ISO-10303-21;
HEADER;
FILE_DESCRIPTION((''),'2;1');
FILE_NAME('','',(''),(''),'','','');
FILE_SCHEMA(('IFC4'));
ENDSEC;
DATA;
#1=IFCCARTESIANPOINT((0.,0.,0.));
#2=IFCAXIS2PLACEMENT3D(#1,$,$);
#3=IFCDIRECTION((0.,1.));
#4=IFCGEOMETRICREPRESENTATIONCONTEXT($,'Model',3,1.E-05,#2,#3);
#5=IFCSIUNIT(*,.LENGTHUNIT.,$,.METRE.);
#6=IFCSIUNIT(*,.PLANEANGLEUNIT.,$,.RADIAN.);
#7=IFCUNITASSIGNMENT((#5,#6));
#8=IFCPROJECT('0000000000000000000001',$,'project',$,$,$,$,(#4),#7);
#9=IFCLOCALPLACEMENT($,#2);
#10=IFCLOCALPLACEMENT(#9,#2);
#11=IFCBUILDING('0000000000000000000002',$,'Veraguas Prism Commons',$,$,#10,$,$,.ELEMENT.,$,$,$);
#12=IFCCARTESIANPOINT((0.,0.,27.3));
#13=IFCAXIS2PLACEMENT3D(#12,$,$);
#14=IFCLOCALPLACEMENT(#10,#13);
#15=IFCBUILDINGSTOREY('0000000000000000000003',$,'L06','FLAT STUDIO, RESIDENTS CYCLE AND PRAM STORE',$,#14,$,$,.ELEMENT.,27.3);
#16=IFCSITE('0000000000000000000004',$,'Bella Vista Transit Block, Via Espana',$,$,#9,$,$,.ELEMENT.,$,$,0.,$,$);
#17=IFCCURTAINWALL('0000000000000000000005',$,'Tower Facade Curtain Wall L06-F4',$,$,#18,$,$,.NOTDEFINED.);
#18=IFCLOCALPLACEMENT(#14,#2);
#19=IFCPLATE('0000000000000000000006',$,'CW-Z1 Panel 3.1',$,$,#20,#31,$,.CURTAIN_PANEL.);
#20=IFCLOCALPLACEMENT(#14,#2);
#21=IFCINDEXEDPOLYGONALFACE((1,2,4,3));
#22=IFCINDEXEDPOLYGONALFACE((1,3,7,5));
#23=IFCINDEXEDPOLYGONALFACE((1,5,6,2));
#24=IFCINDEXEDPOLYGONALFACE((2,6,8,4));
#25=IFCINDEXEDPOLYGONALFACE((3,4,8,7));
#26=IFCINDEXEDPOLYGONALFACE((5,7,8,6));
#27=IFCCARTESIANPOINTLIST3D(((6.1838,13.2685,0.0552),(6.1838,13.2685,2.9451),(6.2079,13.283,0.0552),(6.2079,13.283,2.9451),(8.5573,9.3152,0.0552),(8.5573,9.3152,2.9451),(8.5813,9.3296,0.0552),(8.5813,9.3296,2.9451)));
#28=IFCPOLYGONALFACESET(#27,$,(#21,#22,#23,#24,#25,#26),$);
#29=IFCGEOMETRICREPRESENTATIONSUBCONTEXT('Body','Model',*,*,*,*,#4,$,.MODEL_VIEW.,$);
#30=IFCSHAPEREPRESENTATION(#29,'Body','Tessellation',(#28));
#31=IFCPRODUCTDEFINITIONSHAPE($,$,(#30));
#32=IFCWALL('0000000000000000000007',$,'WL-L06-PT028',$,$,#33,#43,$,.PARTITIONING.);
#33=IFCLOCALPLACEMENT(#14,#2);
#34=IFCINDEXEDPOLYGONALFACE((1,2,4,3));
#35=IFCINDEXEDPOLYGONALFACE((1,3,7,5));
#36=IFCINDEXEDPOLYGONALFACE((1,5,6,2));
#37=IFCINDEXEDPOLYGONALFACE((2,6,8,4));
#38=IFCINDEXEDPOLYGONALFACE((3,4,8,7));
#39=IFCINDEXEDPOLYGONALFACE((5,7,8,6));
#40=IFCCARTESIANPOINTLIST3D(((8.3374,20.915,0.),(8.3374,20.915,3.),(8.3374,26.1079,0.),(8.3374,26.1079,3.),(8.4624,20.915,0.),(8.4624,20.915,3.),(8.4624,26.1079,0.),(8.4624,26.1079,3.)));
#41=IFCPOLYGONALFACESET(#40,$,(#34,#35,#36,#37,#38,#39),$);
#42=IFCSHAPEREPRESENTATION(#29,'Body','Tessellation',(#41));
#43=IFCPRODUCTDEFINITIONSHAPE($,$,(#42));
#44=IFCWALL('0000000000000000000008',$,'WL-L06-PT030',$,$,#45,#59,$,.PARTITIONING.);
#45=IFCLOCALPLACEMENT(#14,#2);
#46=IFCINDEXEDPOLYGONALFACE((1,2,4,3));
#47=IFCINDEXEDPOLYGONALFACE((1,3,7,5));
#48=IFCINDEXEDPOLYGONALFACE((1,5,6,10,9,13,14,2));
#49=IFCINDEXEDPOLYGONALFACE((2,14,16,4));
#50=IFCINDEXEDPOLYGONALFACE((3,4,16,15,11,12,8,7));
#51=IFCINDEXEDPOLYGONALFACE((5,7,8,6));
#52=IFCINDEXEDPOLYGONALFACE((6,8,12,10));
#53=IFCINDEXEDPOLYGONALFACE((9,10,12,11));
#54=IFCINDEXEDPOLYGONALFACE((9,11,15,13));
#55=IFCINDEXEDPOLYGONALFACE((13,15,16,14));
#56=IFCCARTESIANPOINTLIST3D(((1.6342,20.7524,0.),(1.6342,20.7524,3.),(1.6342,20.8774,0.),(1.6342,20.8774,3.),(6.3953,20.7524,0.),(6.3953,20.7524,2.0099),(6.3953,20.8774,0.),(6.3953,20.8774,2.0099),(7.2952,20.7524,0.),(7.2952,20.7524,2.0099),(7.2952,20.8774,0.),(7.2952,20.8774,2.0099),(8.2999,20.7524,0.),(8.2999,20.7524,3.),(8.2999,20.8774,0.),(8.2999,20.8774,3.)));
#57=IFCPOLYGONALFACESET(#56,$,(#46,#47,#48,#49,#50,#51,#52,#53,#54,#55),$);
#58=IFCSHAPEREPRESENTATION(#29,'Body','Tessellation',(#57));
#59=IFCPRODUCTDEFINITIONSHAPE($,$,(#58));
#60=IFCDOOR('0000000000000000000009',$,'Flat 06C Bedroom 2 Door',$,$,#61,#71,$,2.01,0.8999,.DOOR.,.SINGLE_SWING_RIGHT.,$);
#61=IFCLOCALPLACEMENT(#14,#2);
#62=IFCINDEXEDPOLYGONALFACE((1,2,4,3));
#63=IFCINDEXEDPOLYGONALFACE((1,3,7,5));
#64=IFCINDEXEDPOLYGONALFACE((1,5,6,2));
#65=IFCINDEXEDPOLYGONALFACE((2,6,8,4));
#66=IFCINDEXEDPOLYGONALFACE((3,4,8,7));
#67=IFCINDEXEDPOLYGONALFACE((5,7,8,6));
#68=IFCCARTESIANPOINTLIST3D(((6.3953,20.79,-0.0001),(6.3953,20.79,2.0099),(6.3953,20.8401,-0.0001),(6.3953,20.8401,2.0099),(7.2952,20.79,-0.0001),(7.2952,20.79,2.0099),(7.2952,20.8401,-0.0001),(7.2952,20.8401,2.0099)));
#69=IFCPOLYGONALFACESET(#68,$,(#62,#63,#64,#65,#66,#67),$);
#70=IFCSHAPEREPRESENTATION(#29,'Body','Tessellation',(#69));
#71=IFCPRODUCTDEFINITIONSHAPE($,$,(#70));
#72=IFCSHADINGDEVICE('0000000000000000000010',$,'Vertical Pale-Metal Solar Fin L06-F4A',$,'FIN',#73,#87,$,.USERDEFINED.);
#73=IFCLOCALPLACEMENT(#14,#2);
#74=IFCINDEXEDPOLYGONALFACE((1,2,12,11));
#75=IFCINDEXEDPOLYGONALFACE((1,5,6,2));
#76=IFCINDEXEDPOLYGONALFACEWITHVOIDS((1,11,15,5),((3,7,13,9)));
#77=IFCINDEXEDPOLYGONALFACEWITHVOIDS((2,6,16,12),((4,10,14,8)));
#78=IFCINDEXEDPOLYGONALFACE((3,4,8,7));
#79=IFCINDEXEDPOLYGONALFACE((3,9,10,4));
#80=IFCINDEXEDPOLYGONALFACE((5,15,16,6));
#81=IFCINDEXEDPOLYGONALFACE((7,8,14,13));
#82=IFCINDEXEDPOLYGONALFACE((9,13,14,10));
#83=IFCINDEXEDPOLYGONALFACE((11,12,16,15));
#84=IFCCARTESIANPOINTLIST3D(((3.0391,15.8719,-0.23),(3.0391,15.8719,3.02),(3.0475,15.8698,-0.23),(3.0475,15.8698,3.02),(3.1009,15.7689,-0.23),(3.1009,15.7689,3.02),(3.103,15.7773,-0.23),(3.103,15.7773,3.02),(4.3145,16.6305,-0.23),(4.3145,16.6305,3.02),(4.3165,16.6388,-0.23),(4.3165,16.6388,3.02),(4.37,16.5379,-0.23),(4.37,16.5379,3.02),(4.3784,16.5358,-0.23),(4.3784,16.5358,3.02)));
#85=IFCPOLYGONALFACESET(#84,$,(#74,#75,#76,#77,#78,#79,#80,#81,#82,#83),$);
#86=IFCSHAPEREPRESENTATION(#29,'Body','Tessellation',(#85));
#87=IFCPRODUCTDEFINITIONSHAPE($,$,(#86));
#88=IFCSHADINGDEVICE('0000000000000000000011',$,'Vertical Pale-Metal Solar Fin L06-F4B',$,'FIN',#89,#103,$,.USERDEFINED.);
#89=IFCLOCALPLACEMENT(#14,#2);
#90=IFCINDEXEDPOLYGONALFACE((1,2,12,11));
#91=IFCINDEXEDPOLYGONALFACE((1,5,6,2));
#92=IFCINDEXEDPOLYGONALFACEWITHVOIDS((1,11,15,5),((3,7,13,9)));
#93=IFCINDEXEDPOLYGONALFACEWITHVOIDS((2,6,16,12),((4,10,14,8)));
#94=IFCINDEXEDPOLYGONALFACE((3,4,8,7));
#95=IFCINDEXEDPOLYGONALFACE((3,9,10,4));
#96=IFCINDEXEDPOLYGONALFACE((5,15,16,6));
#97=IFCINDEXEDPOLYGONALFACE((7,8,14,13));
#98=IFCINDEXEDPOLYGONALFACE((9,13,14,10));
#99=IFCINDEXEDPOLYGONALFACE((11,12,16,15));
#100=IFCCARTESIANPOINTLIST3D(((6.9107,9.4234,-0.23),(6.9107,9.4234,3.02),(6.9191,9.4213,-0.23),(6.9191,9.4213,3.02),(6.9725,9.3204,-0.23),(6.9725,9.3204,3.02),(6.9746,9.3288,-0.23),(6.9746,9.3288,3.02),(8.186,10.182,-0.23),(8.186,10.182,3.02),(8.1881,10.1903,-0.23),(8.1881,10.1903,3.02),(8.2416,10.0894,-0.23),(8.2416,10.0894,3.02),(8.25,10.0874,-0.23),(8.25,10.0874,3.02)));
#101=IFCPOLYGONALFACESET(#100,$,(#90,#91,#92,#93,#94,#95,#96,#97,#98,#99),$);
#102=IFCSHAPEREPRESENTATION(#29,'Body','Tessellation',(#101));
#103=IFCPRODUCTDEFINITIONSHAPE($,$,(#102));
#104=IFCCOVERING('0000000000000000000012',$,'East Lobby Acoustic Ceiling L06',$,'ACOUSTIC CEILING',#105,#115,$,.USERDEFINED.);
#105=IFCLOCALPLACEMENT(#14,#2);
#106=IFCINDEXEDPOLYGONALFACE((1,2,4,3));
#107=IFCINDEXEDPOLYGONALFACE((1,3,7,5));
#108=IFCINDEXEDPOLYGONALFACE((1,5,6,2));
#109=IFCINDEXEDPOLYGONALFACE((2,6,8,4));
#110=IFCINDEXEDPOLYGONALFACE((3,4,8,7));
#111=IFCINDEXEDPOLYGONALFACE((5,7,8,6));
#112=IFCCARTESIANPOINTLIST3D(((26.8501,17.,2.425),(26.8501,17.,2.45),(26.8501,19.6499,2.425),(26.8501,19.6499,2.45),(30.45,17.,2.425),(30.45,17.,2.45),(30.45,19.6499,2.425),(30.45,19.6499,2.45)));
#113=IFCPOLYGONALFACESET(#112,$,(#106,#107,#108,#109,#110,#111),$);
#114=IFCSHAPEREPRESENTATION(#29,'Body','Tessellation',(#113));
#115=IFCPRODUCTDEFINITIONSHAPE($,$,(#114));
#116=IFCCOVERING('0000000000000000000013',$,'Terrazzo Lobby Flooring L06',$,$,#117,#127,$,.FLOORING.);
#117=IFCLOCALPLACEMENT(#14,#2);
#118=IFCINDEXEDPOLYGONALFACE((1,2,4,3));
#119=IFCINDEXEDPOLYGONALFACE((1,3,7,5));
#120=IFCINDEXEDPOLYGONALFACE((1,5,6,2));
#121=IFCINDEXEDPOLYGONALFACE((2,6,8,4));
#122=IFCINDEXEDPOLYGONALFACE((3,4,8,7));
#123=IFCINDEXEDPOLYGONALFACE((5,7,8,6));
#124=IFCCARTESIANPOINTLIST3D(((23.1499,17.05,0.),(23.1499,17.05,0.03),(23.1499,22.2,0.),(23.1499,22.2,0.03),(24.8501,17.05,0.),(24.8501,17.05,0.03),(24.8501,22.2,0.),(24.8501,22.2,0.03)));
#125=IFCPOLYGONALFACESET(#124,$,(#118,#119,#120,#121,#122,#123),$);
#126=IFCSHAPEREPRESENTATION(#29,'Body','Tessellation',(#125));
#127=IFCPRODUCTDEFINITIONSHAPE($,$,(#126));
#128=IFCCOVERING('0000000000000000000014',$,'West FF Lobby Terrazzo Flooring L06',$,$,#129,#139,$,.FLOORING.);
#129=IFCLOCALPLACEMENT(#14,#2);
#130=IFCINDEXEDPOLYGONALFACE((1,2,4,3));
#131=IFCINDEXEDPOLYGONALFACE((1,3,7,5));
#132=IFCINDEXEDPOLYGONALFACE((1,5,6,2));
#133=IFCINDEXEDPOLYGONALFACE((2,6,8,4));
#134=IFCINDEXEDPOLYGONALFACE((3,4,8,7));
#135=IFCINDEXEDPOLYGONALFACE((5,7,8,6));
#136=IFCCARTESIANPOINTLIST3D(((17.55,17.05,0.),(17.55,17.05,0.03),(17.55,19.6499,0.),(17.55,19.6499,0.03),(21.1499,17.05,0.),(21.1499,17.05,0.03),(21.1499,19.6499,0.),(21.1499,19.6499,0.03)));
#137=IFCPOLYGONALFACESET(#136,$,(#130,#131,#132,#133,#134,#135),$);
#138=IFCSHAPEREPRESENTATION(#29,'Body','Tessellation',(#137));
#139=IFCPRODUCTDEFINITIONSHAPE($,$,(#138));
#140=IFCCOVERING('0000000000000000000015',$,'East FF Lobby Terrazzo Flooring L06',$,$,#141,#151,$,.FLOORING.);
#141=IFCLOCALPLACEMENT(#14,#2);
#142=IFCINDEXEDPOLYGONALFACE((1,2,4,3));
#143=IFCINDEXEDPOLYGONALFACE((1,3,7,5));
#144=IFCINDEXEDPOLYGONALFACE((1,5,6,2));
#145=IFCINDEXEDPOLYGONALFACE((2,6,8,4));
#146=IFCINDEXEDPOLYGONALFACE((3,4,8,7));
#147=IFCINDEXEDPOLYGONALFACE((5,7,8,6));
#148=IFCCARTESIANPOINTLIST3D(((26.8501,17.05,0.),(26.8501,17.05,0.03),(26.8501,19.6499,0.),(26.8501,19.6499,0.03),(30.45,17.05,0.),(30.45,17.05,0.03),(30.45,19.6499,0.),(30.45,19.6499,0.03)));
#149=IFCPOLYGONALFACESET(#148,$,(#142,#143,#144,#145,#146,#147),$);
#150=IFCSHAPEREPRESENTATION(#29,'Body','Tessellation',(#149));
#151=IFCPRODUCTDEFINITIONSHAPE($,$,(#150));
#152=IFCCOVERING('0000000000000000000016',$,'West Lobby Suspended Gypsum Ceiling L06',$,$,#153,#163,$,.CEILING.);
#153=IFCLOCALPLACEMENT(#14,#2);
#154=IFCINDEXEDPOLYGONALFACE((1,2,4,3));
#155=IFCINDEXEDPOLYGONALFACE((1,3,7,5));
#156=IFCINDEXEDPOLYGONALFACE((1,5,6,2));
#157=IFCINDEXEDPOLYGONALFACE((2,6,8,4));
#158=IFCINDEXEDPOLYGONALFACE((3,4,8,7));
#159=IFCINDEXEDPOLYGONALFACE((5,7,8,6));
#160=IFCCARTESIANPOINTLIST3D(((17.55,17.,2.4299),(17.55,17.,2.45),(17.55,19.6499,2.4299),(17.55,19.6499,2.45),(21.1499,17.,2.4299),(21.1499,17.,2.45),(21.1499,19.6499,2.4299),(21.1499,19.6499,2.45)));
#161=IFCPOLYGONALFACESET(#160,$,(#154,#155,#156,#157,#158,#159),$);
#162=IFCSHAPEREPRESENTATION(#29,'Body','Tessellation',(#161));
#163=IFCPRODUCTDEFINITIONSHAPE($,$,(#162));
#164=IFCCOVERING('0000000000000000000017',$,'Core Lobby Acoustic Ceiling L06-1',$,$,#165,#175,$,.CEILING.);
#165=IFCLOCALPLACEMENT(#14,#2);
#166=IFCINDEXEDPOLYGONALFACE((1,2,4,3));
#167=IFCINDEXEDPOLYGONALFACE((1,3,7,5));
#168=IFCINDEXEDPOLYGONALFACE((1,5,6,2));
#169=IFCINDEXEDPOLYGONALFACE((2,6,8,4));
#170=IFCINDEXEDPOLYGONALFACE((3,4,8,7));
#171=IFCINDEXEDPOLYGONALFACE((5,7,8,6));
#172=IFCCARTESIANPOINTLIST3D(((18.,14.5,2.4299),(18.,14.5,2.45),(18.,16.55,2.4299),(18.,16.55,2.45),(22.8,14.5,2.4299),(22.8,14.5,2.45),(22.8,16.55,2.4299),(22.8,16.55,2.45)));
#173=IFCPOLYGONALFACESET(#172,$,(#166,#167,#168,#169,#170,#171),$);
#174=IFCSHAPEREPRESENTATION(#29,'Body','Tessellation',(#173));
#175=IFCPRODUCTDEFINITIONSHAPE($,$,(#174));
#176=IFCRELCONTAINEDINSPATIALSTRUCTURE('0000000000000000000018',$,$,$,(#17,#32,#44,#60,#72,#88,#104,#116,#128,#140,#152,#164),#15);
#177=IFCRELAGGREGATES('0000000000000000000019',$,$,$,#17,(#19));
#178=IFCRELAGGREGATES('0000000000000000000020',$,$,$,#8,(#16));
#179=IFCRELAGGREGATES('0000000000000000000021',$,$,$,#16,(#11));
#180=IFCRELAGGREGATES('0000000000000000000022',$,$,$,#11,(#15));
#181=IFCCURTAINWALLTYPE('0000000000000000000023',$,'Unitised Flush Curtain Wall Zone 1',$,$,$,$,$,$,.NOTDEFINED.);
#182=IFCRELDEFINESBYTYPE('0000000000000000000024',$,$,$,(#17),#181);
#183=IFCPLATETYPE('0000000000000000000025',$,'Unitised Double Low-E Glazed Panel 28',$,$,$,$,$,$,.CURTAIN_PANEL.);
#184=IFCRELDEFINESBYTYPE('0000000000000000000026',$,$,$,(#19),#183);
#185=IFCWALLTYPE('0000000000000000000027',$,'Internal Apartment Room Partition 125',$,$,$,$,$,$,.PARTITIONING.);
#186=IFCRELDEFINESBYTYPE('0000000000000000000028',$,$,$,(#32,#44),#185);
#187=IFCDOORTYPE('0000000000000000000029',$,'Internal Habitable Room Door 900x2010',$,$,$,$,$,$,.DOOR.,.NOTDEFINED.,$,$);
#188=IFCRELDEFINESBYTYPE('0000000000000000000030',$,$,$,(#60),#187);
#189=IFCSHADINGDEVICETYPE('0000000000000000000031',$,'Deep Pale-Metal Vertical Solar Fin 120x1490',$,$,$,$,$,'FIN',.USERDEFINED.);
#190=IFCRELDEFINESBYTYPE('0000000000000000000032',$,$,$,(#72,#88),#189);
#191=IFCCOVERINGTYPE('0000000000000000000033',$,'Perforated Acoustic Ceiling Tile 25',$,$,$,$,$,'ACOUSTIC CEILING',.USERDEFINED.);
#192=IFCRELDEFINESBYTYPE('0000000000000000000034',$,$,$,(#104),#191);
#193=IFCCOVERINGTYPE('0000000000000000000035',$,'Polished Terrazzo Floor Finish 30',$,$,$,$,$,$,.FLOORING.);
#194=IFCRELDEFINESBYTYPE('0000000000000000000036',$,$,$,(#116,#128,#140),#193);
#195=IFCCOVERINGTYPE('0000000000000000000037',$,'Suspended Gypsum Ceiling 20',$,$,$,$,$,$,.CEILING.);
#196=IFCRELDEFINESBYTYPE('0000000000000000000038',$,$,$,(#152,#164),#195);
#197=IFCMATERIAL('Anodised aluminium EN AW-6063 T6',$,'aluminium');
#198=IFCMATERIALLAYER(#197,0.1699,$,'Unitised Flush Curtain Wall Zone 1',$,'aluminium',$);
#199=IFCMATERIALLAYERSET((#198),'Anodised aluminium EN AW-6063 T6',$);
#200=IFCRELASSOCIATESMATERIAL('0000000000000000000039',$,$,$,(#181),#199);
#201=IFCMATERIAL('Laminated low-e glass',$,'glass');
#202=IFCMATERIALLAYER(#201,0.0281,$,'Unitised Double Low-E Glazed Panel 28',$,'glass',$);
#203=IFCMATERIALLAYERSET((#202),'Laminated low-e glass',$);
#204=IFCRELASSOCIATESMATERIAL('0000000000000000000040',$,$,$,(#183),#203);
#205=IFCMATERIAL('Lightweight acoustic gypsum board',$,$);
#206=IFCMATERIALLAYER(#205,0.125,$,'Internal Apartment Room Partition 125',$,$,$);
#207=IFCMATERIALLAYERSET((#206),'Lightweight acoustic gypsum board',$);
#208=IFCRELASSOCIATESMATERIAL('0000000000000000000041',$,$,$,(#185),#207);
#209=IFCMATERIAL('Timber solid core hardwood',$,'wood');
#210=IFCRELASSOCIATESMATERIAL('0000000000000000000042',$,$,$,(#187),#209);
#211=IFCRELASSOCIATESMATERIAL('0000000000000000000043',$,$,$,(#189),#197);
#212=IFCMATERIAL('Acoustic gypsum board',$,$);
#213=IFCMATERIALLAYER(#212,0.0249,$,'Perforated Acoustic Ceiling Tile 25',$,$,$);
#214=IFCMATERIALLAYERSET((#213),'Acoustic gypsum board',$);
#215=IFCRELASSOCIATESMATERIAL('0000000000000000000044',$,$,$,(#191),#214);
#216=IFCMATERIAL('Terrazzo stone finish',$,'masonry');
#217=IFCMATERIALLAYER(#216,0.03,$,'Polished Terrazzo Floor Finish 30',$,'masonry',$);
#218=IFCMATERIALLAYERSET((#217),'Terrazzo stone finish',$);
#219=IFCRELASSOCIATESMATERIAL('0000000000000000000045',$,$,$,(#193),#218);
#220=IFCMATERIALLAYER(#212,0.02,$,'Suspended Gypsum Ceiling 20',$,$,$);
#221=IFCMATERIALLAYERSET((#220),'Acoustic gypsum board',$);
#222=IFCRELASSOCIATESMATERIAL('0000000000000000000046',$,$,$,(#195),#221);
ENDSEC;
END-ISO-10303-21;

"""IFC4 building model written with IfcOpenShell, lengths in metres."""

from ifc_helpers import new_model, si_unit, direction, frame, frame_2d, origin, origin_2d, place, context, subcontext, project, spatial, polyline, rectangle, hollow_rectangle, outline, extrude, source, transform, mapped, material, layer, layer_set, material_profile, profile_set, type_object, element, fill, aggregate, save


model = new_model("IFC4")

# Units and contexts
model_context = context("Model", 3, precision=1e-05, world=origin(), true_north=direction((0.0, 1.0)))
body_context = subcontext(model_context, "Body", "Model", "MODEL_VIEW")
ifc_project = project(units=[si_unit("LENGTHUNIT", "METRE"), si_unit("PLANEANGLEUNIT", "RADIAN")], contexts=[model_context])

# Site, building, storey
site_placement = place(None, origin())
site = spatial("IfcSite", under=ifc_project, at=site_placement, Name="Bella Vista Transit Block, Via Espana", CompositionType="ELEMENT", RefElevation=0.0)
building_placement = place(site_placement, origin())
building = spatial("IfcBuilding", under=site, at=building_placement, Name="Veraguas Prism Commons", CompositionType="ELEMENT")
storey_placement = place(building_placement, frame((0.0, 0.0, 27.3)))
storey = spatial("IfcBuildingStorey", under=building, at=storey_placement, Name="L06", Description="FLAT STUDIO, RESIDENTS CYCLE AND PRAM STORE", CompositionType="ELEMENT", Elevation=27.3)

# Curtain wall
ifc_material_1 = material(Name="Anodised aluminium EN AW-6063 T6", Category="aluminium")
ifc_layer_1 = layer(ifc_material_1, 0.1699, Name="Unitised Flush Curtain Wall Zone 1", Category="aluminium")
ifc_layer_set_1 = layer_set([ifc_layer_1], Name="Anodised aluminium EN AW-6063 T6")
curtain_wall_type = type_object("IfcCurtainWallType", Name="Unitised Flush Curtain Wall Zone 1", PredefinedType="NOTDEFINED", material=ifc_layer_set_1)
curtain_wall_1_placement = place(storey_placement, origin())
curtain_wall_1 = element("IfcCurtainWall", 1, at=curtain_wall_1_placement, inside=storey, type_object=curtain_wall_type, Name="Tower Facade Curtain Wall L06-F4", PredefinedType="NOTDEFINED")

# Plate
ifc_material_2 = material(Name="Laminated low-e glass", Category="glass")
ifc_layer_2 = layer(ifc_material_2, 0.0281, Name="Unitised Double Low-E Glazed Panel 28", Category="glass")
ifc_layer_set_2 = layer_set([ifc_layer_2], Name="Laminated low-e glass")
plate_type = type_object("IfcPlateType", Name="Unitised Double Low-E Glazed Panel 28", PredefinedType="CURTAIN_PANEL", material=ifc_layer_set_2)
shared_shape_1 = source(origin(), body_context, "Body", "SweptSolid", [
    extrude(rectangle(XDim=4.6111, YDim=0.0281, at=origin_2d()), origin(), (0.0, 0.0, 1.0), 2.8899),
])
plate_1_placement = place(storey_placement, frame((7.3826, 11.2991, 0.0552), z_axis=(0.0, 0.0, 1.0), x_axis=(0.514734, -0.85735, 0.0)))
plate_1 = element("IfcPlate", 2, at=plate_1_placement, type_object=plate_type, Name="CW-Z1 Panel 3.1", PredefinedType="CURTAIN_PANEL", context=body_context, shape_type="MappedRepresentation", body=[
    mapped(shared_shape_1, transform((0.0, 0.0, 0.0), scale=1.0)),
])
aggregate(curtain_wall_1, [plate_1])

# Wall
ifc_material_3 = material(Name="Lightweight acoustic gypsum board")
ifc_layer_3 = layer(ifc_material_3, 0.125, Name="Internal Apartment Room Partition 125")
ifc_layer_set_3 = layer_set([ifc_layer_3], Name="Lightweight acoustic gypsum board")
wall_type = type_object("IfcWallType", Name="Internal Apartment Room Partition 125", PredefinedType="PARTITIONING", material=ifc_layer_set_3)
wall_1_placement = place(storey_placement, frame((8.3999, 20.915, 0.0), z_axis=(0.0, 0.0, 1.0), x_axis=(0.0, 1.0, 0.0)))
element("IfcWall", 3, at=wall_1_placement, inside=storey, type_object=wall_type, Name="WL-L06-PT028", PredefinedType="PARTITIONING", context=body_context, shape_type="SweptSolid", body=[
    extrude(rectangle(XDim=5.1929, YDim=0.125, at=frame_2d((2.5964, 0.0))), origin(), (0.0, 0.0, 1.0), 3.0),
])

# Wall, opening, door
wall_2_placement = place(storey_placement, frame((8.3, 20.8149, 0.0), z_axis=(0.0, 0.0, 1.0), x_axis=(-1.0, 0.0, 0.0)))
wall_2 = element("IfcWall", 4, at=wall_2_placement, inside=storey, type_object=wall_type, Name="WL-L06-PT030", PredefinedType="PARTITIONING", context=body_context, shape_type="SweptSolid", body=[
    extrude(rectangle(XDim=6.6658, YDim=0.125, at=frame_2d((3.333, 0.0))), origin(), (0.0, 0.0, 1.0), 3.0),
])
opening_placement = place(wall_2_placement, frame((1.0049, 0.0, 0.0)))
opening = element("IfcOpeningElement", 5, at=opening_placement, cuts=wall_2, PredefinedType="OPENING", context=body_context, shape_type="SweptSolid", body=[
    extrude(rectangle(XDim=0.8999, YDim=2.01, at=frame_2d((0.45, 1.0049))), frame((0.0, 0.0725, 0.0), z_axis=(0.0, -1.0, 0.0), x_axis=(1.0, 0.0, 0.0)), (0.0, 0.0, 1.0), 0.145),
])
ifc_material_4 = material(Name="Timber solid core hardwood", Category="wood")
door_type = type_object("IfcDoorType", Name="Internal Habitable Room Door 900x2010", OperationType="NOTDEFINED", PredefinedType="DOOR", material=ifc_material_4)
shared_shape_2 = source(origin(), body_context, "Body", "SweptSolid", [
    extrude(rectangle(XDim=0.8999, YDim=2.01, at=frame_2d((0.45, 1.0049))), frame((0.0, 0.0249, 0.0), z_axis=(0.0, -1.0, 0.0), x_axis=(1.0, 0.0, 0.0)), (0.0, 0.0, 1.0), 0.05),
])
door_placement = place(opening_placement, origin())
door = element("IfcDoor", 6, at=door_placement, inside=storey, type_object=door_type, Name="Flat 06C Bedroom 2 Door", OperationType="SINGLE_SWING_RIGHT", OverallHeight=2.01, OverallWidth=0.8999, PredefinedType="DOOR", context=body_context, shape_type="MappedRepresentation", body=[
    mapped(shared_shape_2, transform((0.0, 0.0, 0.0), scale=1.0)),
])
fill(opening, door)

# Shading devices
ifc_material_profile_1 = material_profile(ifc_material_1, hollow_rectangle(XDim=0.1201, YDim=1.49, WallThickness=0.0061, at=origin_2d()), Name="FIN120X1490X6")
ifc_profile_set_1 = profile_set([ifc_material_profile_1], Name="Anodised aluminium EN AW-6063 T6")
shading_device_type = type_object("IfcShadingDeviceType", Name="Deep Pale-Metal Vertical Solar Fin 120x1490", ElementType="FIN", PredefinedType="USERDEFINED", material=ifc_profile_set_1)
for number, where, z_axis, x_axis, name in (
    (7, (3.7087, 16.2039, -0.23), (0.0, 0.0, 1.0), (0.514739, -0.857347, 0.0), "Vertical Pale-Metal Solar Fin L06-F4A"),
    (8, (7.5803, 9.7554, -0.23), (0.0, 0.0, 1.0), (0.514739, -0.857347, 0.0), "Vertical Pale-Metal Solar Fin L06-F4B"),
):
    element("IfcShadingDevice", number, at=place(storey_placement, frame(where, z_axis=z_axis, x_axis=x_axis)), inside=storey, type_object=shading_device_type, Name=name, ObjectType="FIN", PredefinedType="USERDEFINED", context=body_context, shape_type="SweptSolid", body=[
        extrude(hollow_rectangle(XDim=0.1201, YDim=1.49, WallThickness=0.0061, at=origin_2d()), origin(), (0.0, 0.0, 1.0), 3.25),
    ])

# Coverings
ifc_material_5 = material(Name="Acoustic gypsum board")
ifc_layer_4 = layer(ifc_material_5, 0.0249, Name="Perforated Acoustic Ceiling Tile 25")
ifc_layer_set_4 = layer_set([ifc_layer_4], Name="Acoustic gypsum board")
covering_type_1 = type_object("IfcCoveringType", Name="Perforated Acoustic Ceiling Tile 25", ElementType="ACOUSTIC CEILING", PredefinedType="USERDEFINED", material=ifc_layer_set_4)
covering_1_placement = place(storey_placement, frame((0.0, 0.0, 2.425)))
element("IfcCovering", 9, at=covering_1_placement, inside=storey, type_object=covering_type_1, Name="East Lobby Acoustic Ceiling L06", ObjectType="ACOUSTIC CEILING", PredefinedType="USERDEFINED", context=body_context, shape_type="SweptSolid", body=[
    extrude(outline(polyline([(26.8501, 17.0), (30.45, 17.0), (30.45, 19.6499), (26.8501, 19.6499), (26.8501, 17.0)])), origin(), (0.0, 0.0, 1.0), 0.0249),
])
ifc_material_6 = material(Name="Terrazzo stone finish", Category="masonry")
ifc_layer_5 = layer(ifc_material_6, 0.03, Name="Polished Terrazzo Floor Finish 30", Category="masonry")
ifc_layer_set_5 = layer_set([ifc_layer_5], Name="Terrazzo stone finish")
covering_type_2 = type_object("IfcCoveringType", Name="Polished Terrazzo Floor Finish 30", PredefinedType="FLOORING", material=ifc_layer_set_5)
covering_2_placement = place(storey_placement, origin())
element("IfcCovering", 10, at=covering_2_placement, inside=storey, type_object=covering_type_2, Name="Terrazzo Lobby Flooring L06", PredefinedType="FLOORING", context=body_context, shape_type="SweptSolid", body=[
    extrude(outline(polyline([(23.1499, 17.05), (24.8501, 17.05), (24.8501, 22.2), (23.1499, 22.2), (23.1499, 17.05)])), origin(), (0.0, 0.0, 1.0), 0.03),
])
covering_3_placement = place(storey_placement, origin())
element("IfcCovering", 11, at=covering_3_placement, inside=storey, type_object=covering_type_2, Name="West FF Lobby Terrazzo Flooring L06", PredefinedType="FLOORING", context=body_context, shape_type="SweptSolid", body=[
    extrude(outline(polyline([(17.55, 17.05), (21.1499, 17.05), (21.1499, 19.6499), (17.55, 19.6499), (17.55, 17.05)])), origin(), (0.0, 0.0, 1.0), 0.03),
])
covering_4_placement = place(storey_placement, origin())
element("IfcCovering", 12, at=covering_4_placement, inside=storey, type_object=covering_type_2, Name="East FF Lobby Terrazzo Flooring L06", PredefinedType="FLOORING", context=body_context, shape_type="SweptSolid", body=[
    extrude(outline(polyline([(26.8501, 17.05), (30.45, 17.05), (30.45, 19.6499), (26.8501, 19.6499), (26.8501, 17.05)])), origin(), (0.0, 0.0, 1.0), 0.03),
])
ifc_layer_6 = layer(ifc_material_5, 0.02, Name="Suspended Gypsum Ceiling 20")
ifc_layer_set_6 = layer_set([ifc_layer_6], Name="Acoustic gypsum board")
covering_type_3 = type_object("IfcCoveringType", Name="Suspended Gypsum Ceiling 20", PredefinedType="CEILING", material=ifc_layer_set_6)
covering_5_placement = place(storey_placement, frame((0.0, 0.0, 2.4299)))
element("IfcCovering", 13, at=covering_5_placement, inside=storey, type_object=covering_type_3, Name="West Lobby Suspended Gypsum Ceiling L06", PredefinedType="CEILING", context=body_context, shape_type="SweptSolid", body=[
    extrude(outline(polyline([(17.55, 17.0), (21.1499, 17.0), (21.1499, 19.6499), (17.55, 19.6499), (17.55, 17.0)])), origin(), (0.0, 0.0, 1.0), 0.02),
])
covering_6_placement = place(storey_placement, frame((0.0, 0.0, 2.4299)))
element("IfcCovering", 14, at=covering_6_placement, inside=storey, type_object=covering_type_3, Name="Core Lobby Acoustic Ceiling L06-1", PredefinedType="CEILING", context=body_context, shape_type="SweptSolid", body=[
    extrude(outline(polyline([(18.0, 14.5), (22.8, 14.5), (22.8, 16.55), (18.0, 16.55), (18.0, 14.5)])), origin(), (0.0, 0.0, 1.0), 0.02),
])

save(model, "model.ifc")
